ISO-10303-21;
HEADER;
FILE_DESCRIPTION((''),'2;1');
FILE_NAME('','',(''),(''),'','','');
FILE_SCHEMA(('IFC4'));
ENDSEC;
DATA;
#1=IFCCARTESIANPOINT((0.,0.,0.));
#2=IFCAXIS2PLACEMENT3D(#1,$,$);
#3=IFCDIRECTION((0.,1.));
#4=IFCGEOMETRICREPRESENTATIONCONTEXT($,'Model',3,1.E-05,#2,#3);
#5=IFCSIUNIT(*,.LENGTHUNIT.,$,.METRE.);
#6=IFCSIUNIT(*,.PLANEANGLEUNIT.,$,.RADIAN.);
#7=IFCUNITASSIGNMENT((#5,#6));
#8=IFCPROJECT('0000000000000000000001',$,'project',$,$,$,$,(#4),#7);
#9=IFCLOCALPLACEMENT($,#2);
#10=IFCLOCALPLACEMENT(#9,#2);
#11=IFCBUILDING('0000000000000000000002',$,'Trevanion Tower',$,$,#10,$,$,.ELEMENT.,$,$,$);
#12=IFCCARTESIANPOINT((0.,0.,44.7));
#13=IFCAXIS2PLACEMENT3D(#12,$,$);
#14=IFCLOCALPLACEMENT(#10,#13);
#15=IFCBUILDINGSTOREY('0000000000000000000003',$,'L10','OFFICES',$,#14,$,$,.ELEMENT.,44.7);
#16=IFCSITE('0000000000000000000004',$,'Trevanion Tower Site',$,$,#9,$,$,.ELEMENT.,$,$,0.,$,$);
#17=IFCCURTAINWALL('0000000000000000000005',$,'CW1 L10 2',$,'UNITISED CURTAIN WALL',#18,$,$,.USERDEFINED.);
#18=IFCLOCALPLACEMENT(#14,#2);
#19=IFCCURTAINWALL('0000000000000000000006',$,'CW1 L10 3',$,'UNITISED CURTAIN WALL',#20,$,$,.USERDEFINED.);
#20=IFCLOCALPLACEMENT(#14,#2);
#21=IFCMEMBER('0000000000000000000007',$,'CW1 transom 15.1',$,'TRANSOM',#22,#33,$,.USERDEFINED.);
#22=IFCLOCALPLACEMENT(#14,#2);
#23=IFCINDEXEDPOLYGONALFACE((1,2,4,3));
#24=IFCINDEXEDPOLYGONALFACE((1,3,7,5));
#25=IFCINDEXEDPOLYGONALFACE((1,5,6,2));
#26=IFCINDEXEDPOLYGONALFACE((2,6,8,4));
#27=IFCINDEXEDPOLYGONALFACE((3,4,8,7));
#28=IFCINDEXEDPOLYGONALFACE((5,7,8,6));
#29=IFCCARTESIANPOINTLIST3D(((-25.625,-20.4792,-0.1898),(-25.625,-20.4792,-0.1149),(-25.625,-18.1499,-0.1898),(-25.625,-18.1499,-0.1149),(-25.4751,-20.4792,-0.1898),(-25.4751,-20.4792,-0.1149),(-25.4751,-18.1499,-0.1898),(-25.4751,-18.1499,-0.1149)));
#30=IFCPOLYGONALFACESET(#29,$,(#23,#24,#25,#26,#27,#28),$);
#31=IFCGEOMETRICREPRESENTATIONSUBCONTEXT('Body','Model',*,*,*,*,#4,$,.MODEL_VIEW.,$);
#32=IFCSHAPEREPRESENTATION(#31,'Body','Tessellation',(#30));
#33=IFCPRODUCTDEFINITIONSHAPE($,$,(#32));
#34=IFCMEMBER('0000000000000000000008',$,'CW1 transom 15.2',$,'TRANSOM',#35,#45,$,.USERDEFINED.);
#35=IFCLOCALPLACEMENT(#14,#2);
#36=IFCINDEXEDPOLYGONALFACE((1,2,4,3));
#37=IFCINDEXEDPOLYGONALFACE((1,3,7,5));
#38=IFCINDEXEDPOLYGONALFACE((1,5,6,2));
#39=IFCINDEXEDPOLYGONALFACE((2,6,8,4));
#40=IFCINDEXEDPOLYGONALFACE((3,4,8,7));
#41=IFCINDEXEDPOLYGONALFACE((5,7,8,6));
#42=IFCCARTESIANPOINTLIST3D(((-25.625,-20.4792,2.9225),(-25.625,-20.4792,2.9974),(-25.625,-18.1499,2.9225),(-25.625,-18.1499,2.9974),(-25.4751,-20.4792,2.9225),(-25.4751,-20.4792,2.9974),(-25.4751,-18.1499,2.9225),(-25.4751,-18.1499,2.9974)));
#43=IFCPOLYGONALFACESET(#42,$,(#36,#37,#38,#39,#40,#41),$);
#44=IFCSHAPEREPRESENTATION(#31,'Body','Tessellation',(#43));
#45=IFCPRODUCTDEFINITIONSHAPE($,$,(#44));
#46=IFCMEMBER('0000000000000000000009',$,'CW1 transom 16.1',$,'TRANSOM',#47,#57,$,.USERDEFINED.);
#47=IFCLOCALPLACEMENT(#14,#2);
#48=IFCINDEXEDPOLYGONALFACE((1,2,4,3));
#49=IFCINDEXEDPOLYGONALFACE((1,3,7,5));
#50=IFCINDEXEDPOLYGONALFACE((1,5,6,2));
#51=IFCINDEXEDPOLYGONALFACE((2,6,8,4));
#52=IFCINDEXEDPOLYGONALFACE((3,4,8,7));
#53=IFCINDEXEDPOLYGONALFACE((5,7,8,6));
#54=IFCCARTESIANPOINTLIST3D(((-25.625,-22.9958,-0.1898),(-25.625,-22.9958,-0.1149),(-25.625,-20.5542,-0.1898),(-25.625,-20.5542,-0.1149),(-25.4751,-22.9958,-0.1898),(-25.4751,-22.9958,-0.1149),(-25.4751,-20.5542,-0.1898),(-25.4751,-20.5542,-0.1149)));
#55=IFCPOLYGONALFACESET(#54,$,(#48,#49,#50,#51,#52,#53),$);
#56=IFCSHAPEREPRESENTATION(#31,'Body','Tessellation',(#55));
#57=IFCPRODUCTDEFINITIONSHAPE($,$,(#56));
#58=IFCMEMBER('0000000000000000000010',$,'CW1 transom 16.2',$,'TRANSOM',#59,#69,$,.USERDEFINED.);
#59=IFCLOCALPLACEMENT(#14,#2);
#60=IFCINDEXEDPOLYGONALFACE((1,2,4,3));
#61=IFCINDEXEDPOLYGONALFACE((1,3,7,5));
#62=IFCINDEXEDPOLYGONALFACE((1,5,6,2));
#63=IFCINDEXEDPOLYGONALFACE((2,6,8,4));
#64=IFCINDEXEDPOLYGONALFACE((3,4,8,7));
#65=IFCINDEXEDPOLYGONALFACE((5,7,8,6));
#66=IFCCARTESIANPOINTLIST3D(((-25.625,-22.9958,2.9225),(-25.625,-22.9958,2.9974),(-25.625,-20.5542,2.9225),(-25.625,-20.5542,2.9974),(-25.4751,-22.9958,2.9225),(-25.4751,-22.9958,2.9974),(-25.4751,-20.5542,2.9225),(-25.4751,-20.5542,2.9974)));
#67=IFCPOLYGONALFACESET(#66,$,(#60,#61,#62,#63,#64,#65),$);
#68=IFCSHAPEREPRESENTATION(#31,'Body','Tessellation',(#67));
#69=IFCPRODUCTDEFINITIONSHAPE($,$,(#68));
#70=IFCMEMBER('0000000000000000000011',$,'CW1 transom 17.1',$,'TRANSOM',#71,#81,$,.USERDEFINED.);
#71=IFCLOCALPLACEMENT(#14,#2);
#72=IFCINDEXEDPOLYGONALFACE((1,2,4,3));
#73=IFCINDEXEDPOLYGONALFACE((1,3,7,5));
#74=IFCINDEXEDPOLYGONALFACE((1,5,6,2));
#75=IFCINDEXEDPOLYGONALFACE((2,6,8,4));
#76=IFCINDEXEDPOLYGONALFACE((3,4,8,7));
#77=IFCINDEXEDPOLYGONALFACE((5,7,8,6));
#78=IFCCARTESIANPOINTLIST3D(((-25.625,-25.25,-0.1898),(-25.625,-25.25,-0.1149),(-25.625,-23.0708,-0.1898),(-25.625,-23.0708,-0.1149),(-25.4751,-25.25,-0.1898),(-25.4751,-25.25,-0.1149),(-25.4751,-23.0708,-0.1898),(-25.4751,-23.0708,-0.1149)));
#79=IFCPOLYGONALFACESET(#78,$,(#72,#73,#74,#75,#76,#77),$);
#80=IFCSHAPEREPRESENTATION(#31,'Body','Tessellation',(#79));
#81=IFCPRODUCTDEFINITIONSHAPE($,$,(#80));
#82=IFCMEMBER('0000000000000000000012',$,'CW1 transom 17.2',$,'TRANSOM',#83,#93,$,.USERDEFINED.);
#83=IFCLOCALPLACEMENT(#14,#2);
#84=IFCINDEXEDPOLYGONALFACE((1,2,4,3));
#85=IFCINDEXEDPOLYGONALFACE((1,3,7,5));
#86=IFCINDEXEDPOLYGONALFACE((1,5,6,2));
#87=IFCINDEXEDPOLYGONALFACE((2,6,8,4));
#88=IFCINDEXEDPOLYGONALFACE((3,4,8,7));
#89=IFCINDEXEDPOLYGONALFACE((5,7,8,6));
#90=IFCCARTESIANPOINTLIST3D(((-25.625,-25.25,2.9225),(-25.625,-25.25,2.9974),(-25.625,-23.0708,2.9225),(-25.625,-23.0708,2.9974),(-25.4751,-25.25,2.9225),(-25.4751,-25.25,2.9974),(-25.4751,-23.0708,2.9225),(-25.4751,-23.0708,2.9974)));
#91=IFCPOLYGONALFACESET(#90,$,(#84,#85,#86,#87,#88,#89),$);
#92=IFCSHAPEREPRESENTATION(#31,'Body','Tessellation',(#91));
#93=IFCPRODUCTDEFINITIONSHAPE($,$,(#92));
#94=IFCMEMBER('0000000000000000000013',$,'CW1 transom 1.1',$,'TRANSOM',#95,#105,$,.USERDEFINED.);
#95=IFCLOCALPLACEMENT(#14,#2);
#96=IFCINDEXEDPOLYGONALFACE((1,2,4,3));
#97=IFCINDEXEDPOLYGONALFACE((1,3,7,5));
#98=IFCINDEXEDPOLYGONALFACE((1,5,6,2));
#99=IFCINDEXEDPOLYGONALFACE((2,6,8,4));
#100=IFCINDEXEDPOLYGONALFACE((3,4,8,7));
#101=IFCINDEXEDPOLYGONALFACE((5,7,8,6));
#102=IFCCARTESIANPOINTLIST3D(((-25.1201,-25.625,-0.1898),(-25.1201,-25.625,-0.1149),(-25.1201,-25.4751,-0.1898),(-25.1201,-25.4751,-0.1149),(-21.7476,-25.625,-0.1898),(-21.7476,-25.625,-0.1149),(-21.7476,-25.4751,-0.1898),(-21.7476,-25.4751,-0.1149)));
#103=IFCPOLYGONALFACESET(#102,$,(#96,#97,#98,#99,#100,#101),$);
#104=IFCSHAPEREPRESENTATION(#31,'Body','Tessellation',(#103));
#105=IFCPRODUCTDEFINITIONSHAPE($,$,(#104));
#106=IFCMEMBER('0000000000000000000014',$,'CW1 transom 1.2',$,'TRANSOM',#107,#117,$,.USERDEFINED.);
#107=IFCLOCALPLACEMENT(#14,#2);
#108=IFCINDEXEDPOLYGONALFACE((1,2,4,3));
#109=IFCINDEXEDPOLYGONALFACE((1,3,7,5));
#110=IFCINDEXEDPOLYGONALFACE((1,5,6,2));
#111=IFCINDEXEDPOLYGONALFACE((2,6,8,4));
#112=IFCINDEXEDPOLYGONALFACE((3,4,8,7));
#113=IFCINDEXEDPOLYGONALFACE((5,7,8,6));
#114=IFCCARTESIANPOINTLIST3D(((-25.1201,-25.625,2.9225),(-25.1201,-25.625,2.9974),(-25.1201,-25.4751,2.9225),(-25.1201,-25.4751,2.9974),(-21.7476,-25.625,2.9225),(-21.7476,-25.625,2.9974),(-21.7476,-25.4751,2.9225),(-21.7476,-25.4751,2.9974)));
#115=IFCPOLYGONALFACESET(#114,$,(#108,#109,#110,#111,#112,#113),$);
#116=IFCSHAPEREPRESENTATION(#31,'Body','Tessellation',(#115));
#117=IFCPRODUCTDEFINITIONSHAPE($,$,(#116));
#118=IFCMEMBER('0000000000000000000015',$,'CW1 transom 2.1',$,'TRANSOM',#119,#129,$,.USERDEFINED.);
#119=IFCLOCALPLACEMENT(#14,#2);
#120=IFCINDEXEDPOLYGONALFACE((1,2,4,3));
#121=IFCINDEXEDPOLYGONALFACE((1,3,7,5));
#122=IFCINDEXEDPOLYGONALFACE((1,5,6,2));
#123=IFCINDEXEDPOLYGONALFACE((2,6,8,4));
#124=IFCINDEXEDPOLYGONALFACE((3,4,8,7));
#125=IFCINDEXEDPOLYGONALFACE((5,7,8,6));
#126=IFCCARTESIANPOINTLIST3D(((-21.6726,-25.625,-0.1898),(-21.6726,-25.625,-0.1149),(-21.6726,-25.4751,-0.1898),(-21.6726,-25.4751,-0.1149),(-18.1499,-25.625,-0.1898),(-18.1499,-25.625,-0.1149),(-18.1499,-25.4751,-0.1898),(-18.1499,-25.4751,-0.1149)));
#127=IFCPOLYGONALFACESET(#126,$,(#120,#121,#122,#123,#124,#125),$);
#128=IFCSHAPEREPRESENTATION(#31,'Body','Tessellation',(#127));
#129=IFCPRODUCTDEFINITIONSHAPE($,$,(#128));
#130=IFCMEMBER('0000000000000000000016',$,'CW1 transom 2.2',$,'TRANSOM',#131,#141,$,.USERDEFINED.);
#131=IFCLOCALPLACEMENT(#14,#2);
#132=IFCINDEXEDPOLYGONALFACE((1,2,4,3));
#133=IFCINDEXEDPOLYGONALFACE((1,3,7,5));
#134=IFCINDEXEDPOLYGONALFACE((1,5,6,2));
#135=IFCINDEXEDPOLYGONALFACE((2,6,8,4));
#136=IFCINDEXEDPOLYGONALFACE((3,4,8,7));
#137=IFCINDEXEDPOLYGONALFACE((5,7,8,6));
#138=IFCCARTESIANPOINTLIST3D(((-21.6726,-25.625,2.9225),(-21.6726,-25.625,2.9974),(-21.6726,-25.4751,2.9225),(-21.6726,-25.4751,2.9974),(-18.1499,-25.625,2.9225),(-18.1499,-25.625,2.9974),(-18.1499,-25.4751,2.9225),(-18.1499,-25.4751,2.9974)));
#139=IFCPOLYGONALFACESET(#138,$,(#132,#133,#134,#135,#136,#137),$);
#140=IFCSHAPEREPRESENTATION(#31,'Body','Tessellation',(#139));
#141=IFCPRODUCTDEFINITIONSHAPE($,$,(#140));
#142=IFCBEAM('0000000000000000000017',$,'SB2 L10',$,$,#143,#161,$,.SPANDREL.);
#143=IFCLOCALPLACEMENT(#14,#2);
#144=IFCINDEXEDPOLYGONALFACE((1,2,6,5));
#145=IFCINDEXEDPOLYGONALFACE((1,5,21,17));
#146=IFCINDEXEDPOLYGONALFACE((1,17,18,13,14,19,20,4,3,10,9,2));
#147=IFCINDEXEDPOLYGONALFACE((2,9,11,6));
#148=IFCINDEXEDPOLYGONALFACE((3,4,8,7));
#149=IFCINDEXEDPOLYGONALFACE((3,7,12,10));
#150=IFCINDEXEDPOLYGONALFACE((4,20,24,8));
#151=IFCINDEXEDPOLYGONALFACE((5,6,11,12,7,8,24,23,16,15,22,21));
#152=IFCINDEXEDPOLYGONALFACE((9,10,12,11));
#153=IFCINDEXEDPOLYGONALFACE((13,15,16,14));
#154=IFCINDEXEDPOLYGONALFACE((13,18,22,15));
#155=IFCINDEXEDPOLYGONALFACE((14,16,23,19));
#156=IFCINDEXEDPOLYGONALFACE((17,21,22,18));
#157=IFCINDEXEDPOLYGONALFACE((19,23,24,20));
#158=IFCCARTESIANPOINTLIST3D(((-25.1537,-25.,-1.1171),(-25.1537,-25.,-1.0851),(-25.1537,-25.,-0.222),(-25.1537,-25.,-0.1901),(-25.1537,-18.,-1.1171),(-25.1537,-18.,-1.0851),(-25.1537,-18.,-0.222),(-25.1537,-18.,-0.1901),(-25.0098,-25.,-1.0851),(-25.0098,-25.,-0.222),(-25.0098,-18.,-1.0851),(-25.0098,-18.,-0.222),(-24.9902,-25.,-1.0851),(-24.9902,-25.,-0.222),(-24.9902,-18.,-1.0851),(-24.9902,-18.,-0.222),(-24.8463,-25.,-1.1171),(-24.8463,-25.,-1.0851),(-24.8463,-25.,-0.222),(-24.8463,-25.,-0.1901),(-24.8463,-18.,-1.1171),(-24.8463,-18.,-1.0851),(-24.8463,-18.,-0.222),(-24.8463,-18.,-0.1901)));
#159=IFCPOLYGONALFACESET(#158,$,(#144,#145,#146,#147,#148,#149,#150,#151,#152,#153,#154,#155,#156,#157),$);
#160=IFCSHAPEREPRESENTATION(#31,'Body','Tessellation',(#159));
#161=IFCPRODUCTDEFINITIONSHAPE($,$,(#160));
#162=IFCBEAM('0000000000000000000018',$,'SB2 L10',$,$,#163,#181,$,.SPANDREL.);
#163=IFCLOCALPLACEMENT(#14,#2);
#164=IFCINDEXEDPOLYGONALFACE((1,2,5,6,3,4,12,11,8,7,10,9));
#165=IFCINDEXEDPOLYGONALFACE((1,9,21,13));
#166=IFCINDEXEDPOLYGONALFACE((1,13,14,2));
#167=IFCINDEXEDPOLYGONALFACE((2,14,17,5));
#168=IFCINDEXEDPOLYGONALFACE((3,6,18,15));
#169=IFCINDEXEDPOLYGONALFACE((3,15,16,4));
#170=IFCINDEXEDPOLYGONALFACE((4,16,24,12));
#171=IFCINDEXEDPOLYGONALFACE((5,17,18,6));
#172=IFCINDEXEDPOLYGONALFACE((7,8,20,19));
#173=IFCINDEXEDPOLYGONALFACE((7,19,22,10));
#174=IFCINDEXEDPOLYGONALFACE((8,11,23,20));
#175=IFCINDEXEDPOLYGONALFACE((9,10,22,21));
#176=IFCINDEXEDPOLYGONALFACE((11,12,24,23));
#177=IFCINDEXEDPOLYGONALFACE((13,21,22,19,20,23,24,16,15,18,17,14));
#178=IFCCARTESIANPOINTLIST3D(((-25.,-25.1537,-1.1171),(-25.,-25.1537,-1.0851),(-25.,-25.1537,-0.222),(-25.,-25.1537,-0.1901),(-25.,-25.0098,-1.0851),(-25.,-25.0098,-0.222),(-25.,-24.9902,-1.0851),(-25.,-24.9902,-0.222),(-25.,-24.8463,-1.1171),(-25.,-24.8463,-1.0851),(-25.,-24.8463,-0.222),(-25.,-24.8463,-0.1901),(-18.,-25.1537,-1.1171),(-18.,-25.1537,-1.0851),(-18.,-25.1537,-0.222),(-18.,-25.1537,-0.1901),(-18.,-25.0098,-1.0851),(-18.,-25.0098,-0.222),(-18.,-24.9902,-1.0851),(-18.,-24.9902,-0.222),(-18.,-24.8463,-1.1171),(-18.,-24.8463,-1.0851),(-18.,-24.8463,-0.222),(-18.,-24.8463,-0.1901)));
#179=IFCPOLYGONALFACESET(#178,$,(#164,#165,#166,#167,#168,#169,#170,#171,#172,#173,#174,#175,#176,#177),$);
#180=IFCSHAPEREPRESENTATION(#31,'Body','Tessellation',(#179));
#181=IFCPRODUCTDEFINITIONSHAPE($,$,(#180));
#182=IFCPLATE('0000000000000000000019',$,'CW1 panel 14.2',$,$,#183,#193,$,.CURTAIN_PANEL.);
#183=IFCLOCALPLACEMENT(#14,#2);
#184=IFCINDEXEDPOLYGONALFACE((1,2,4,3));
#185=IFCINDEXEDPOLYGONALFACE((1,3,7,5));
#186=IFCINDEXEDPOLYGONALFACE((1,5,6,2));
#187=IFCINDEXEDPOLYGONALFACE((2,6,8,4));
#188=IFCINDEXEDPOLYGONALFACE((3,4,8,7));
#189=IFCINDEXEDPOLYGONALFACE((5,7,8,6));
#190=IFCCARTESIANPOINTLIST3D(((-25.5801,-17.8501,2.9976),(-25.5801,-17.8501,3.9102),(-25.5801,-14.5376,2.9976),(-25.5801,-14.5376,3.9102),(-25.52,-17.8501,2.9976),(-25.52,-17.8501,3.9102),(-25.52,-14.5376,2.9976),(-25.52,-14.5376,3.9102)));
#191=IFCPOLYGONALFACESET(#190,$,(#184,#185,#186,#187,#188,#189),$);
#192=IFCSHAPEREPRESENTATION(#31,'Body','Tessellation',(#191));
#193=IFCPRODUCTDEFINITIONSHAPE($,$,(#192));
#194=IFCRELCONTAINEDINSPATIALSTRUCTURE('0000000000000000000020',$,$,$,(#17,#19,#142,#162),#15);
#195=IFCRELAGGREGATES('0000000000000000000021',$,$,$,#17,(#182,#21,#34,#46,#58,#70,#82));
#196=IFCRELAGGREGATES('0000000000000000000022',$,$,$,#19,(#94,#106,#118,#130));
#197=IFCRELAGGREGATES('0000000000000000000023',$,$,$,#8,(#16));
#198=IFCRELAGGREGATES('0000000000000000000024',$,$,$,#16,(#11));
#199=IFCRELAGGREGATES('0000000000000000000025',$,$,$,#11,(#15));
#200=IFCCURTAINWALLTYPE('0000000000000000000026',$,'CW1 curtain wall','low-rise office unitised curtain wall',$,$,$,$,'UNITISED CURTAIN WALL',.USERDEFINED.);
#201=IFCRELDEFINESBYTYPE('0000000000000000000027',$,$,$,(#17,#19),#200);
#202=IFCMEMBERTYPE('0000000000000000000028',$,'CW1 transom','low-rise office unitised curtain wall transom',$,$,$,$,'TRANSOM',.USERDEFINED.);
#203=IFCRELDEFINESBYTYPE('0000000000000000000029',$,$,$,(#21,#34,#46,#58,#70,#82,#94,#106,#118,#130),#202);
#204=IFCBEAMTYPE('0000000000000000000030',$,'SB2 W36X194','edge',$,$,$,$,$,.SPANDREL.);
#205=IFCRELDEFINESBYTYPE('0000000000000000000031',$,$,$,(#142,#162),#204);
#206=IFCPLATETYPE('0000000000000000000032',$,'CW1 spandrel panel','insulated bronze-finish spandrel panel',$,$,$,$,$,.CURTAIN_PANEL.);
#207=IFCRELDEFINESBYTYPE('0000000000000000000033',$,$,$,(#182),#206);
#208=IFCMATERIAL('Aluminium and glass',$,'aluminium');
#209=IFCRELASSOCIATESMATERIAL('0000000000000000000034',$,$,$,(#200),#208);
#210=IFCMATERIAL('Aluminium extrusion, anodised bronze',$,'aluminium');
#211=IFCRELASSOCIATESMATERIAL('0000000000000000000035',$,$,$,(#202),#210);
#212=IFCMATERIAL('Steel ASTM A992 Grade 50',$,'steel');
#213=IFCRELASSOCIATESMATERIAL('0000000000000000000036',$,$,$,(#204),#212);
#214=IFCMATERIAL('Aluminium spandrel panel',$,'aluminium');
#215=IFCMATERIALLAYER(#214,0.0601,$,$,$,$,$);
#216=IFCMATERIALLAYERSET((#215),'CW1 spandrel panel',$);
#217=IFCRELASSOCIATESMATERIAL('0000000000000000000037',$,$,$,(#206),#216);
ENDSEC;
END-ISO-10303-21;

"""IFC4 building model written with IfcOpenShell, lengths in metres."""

from ifc_helpers import new_model, si_unit, direction, frame, origin, origin_2d, place, context, subcontext, project, spatial, rectangle, i_section, extrude, material, layer, layer_set, material_profile, profile_set, type_object, element, aggregate, save


model = new_model("IFC4")

# Units and contexts
model_context = context("Model", 3, precision=1e-05, world=origin(), true_north=direction((0.0, 1.0)))
body_context = subcontext(model_context, "Body", "Model", "MODEL_VIEW")
ifc_project = project(units=[si_unit("LENGTHUNIT", "METRE"), si_unit("PLANEANGLEUNIT", "RADIAN")], contexts=[model_context])

# Site, building, storey
site_placement = place(None, origin())
site = spatial("IfcSite", under=ifc_project, at=site_placement, Name="Trevanion Tower Site", CompositionType="ELEMENT", RefElevation=0.0)
building_placement = place(site_placement, origin())
building = spatial("IfcBuilding", under=site, at=building_placement, Name="Trevanion Tower", CompositionType="ELEMENT")
storey_placement = place(building_placement, frame((0.0, 0.0, 44.7)))
storey = spatial("IfcBuildingStorey", under=building, at=storey_placement, Name="L10", Description="OFFICES", CompositionType="ELEMENT", Elevation=44.7)

# Curtain wall
ifc_material_1 = material(Name="Aluminium and glass", Category="aluminium")
curtain_wall_type = type_object("IfcCurtainWallType", Name="CW1 curtain wall", Description="low-rise office unitised curtain wall", ElementType="UNITISED CURTAIN WALL", PredefinedType="USERDEFINED", material=ifc_material_1)
curtain_wall_1_placement = place(storey_placement, origin())
curtain_wall_1 = element("IfcCurtainWall", 1, at=curtain_wall_1_placement, inside=storey, type_object=curtain_wall_type, Name="CW1 L10 2", ObjectType="UNITISED CURTAIN WALL", PredefinedType="USERDEFINED")

# Curtain wall
curtain_wall_2_placement = place(storey_placement, origin())
curtain_wall_2 = element("IfcCurtainWall", 2, at=curtain_wall_2_placement, inside=storey, type_object=curtain_wall_type, Name="CW1 L10 3", ObjectType="UNITISED CURTAIN WALL", PredefinedType="USERDEFINED")

# Members
ifc_material_2 = material(Name="Aluminium extrusion, anodised bronze", Category="aluminium")
ifc_material_profile_1 = material_profile(ifc_material_2, rectangle(XDim=0.1499, YDim=0.075, at=origin_2d()), Name="CW1 transom")
ifc_profile_set_1 = profile_set([ifc_material_profile_1], Name="Aluminium extrusion, anodised bronze")
member_type_1 = type_object("IfcMemberType", Name="CW1 transom", Description="low-rise office unitised curtain wall transom", ElementType="TRANSOM", PredefinedType="USERDEFINED", material=ifc_profile_set_1)
member_1_placement = place(storey_placement, frame((-25.55, -18.1499, -0.1523), z_axis=(0.0, -1.0, 0.0), x_axis=(1.0, 0.0, 0.0)))
member_1 = element("IfcMember", 3, at=member_1_placement, type_object=member_type_1, Name="CW1 transom 15.1", ObjectType="TRANSOM", PredefinedType="USERDEFINED", context=body_context, shape_type="SweptSolid", body=[
    extrude(rectangle(XDim=0.1499, YDim=0.075, at=origin_2d()), origin(), (0.0, 0.0, 1.0), 2.3293),
])
member_2_placement = place(storey_placement, frame((-25.55, -18.1499, 2.96), z_axis=(0.0, -1.0, 0.0), x_axis=(1.0, 0.0, 0.0)))
member_2 = element("IfcMember", 4, at=member_2_placement, type_object=member_type_1, Name="CW1 transom 15.2", ObjectType="TRANSOM", PredefinedType="USERDEFINED", context=body_context, shape_type="SweptSolid", body=[
    extrude(rectangle(XDim=0.1499, YDim=0.075, at=origin_2d()), origin(), (0.0, 0.0, 1.0), 2.3293),
])
member_3_placement = place(storey_placement, frame((-25.55, -20.5542, -0.1523), z_axis=(0.0, -1.0, 0.0), x_axis=(1.0, 0.0, 0.0)))
member_3 = element("IfcMember", 5, at=member_3_placement, type_object=member_type_1, Name="CW1 transom 16.1", ObjectType="TRANSOM", PredefinedType="USERDEFINED", context=body_context, shape_type="SweptSolid", body=[
    extrude(rectangle(XDim=0.1499, YDim=0.075, at=origin_2d()), origin(), (0.0, 0.0, 1.0), 2.4417),
])
member_4_placement = place(storey_placement, frame((-25.55, -20.5542, 2.96), z_axis=(0.0, -1.0, 0.0), x_axis=(1.0, 0.0, 0.0)))
member_4 = element("IfcMember", 6, at=member_4_placement, type_object=member_type_1, Name="CW1 transom 16.2", ObjectType="TRANSOM", PredefinedType="USERDEFINED", context=body_context, shape_type="SweptSolid", body=[
    extrude(rectangle(XDim=0.1499, YDim=0.075, at=origin_2d()), origin(), (0.0, 0.0, 1.0), 2.4417),
])
member_5_placement = place(storey_placement, frame((-25.55, -23.0708, -0.1523), z_axis=(0.0, -1.0, 0.0), x_axis=(1.0, 0.0, 0.0)))
member_5 = element("IfcMember", 7, at=member_5_placement, type_object=member_type_1, Name="CW1 transom 17.1", ObjectType="TRANSOM", PredefinedType="USERDEFINED", context=body_context, shape_type="SweptSolid", body=[
    extrude(rectangle(XDim=0.1499, YDim=0.075, at=origin_2d()), origin(), (0.0, 0.0, 1.0), 2.1792),
])
member_6_placement = place(storey_placement, frame((-25.55, -23.0708, 2.96), z_axis=(0.0, -1.0, 0.0), x_axis=(1.0, 0.0, 0.0)))
member_6 = element("IfcMember", 8, at=member_6_placement, type_object=member_type_1, Name="CW1 transom 17.2", ObjectType="TRANSOM", PredefinedType="USERDEFINED", context=body_context, shape_type="SweptSolid", body=[
    extrude(rectangle(XDim=0.1499, YDim=0.075, at=origin_2d()), origin(), (0.0, 0.0, 1.0), 2.1792),
])
member_7_placement = place(storey_placement, frame((-25.1201, -25.55, -0.1523), z_axis=(1.0, 0.0, 0.0), x_axis=(0.0, 1.0, 0.0)))
member_7 = element("IfcMember", 9, at=member_7_placement, type_object=member_type_1, Name="CW1 transom 1.1", ObjectType="TRANSOM", PredefinedType="USERDEFINED", context=body_context, shape_type="SweptSolid", body=[
    extrude(rectangle(XDim=0.1499, YDim=0.075, at=origin_2d()), origin(), (0.0, 0.0, 1.0), 3.3726),
])
member_8_placement = place(storey_placement, frame((-25.1201, -25.55, 2.96), z_axis=(1.0, 0.0, 0.0), x_axis=(0.0, 1.0, 0.0)))
member_8 = element("IfcMember", 10, at=member_8_placement, type_object=member_type_1, Name="CW1 transom 1.2", ObjectType="TRANSOM", PredefinedType="USERDEFINED", context=body_context, shape_type="SweptSolid", body=[
    extrude(rectangle(XDim=0.1499, YDim=0.075, at=origin_2d()), origin(), (0.0, 0.0, 1.0), 3.3726),
])
member_9_placement = place(storey_placement, frame((-21.6726, -25.55, -0.1523), z_axis=(1.0, 0.0, 0.0), x_axis=(0.0, 1.0, 0.0)))
member_9 = element("IfcMember", 11, at=member_9_placement, type_object=member_type_1, Name="CW1 transom 2.1", ObjectType="TRANSOM", PredefinedType="USERDEFINED", context=body_context, shape_type="SweptSolid", body=[
    extrude(rectangle(XDim=0.1499, YDim=0.075, at=origin_2d()), origin(), (0.0, 0.0, 1.0), 3.5227),
])
member_10_placement = place(storey_placement, frame((-21.6726, -25.55, 2.96), z_axis=(1.0, 0.0, 0.0), x_axis=(0.0, 1.0, 0.0)))
member_10 = element("IfcMember", 12, at=member_10_placement, type_object=member_type_1, Name="CW1 transom 2.2", ObjectType="TRANSOM", PredefinedType="USERDEFINED", context=body_context, shape_type="SweptSolid", body=[
    extrude(rectangle(XDim=0.1499, YDim=0.075, at=origin_2d()), origin(), (0.0, 0.0, 1.0), 3.5227),
])

# Beams
ifc_material_3 = material(Name="Steel ASTM A992 Grade 50", Category="steel")
ifc_material_profile_2 = material_profile(ifc_material_3, i_section(OverallWidth=0.3074, OverallDepth=0.927, WebThickness=0.0195, FlangeThickness=0.032, at=origin_2d()), Name="W36X194")
ifc_profile_set_2 = profile_set([ifc_material_profile_2], Name="Steel ASTM A992 Grade 50")
beam_type = type_object("IfcBeamType", Name="SB2 W36X194", Description="edge", PredefinedType="SPANDREL", material=ifc_profile_set_2)
for number, where, z_axis, x_axis, name in (
    (13, (-25.0, -18.0, -0.6536), (0.0, -1.0, 0.0), (1.0, 0.0, 0.0), "SB2 L10"),
    (14, (-25.0, -25.0, -0.6536), (1.0, 0.0, 0.0), (0.0, 1.0, 0.0), "SB2 L10"),
):
    element("IfcBeam", number, at=place(storey_placement, frame(where, z_axis=z_axis, x_axis=x_axis)), inside=storey, type_object=beam_type, Name=name, PredefinedType="SPANDREL", context=body_context, shape_type="SweptSolid", body=[
        extrude(i_section(OverallWidth=0.3074, OverallDepth=0.927, WebThickness=0.0195, FlangeThickness=0.032, at=origin_2d()), origin(), (0.0, 0.0, 1.0), 7.0),
    ])

# Plate
ifc_material_4 = material(Name="Aluminium spandrel panel", Category="aluminium")
ifc_layer_1 = layer(ifc_material_4, 0.0601)
ifc_layer_set_1 = layer_set([ifc_layer_1], Name="CW1 spandrel panel")
plate_type_1 = type_object("IfcPlateType", Name="CW1 spandrel panel", Description="insulated bronze-finish spandrel panel", PredefinedType="CURTAIN_PANEL", material=ifc_layer_set_1)
plate_1_placement = place(storey_placement, frame((-25.55, -16.1938, 2.9976), z_axis=(0.0, 0.0, 1.0), x_axis=(0.0, -1.0, 0.0)))
plate_1 = element("IfcPlate", 15, at=plate_1_placement, type_object=plate_type_1, Name="CW1 panel 14.2", PredefinedType="CURTAIN_PANEL", context=body_context, shape_type="SweptSolid", body=[
    extrude(rectangle(XDim=3.3125, YDim=0.0601, at=origin_2d()), origin(), (0.0, 0.0, 1.0), 0.9126),
])
aggregate(curtain_wall_1, [plate_1, member_1, member_2, member_3, member_4, member_5, member_6])
aggregate(curtain_wall_2, [member_7, member_8, member_9, member_10])

save(model, "model.ifc")
